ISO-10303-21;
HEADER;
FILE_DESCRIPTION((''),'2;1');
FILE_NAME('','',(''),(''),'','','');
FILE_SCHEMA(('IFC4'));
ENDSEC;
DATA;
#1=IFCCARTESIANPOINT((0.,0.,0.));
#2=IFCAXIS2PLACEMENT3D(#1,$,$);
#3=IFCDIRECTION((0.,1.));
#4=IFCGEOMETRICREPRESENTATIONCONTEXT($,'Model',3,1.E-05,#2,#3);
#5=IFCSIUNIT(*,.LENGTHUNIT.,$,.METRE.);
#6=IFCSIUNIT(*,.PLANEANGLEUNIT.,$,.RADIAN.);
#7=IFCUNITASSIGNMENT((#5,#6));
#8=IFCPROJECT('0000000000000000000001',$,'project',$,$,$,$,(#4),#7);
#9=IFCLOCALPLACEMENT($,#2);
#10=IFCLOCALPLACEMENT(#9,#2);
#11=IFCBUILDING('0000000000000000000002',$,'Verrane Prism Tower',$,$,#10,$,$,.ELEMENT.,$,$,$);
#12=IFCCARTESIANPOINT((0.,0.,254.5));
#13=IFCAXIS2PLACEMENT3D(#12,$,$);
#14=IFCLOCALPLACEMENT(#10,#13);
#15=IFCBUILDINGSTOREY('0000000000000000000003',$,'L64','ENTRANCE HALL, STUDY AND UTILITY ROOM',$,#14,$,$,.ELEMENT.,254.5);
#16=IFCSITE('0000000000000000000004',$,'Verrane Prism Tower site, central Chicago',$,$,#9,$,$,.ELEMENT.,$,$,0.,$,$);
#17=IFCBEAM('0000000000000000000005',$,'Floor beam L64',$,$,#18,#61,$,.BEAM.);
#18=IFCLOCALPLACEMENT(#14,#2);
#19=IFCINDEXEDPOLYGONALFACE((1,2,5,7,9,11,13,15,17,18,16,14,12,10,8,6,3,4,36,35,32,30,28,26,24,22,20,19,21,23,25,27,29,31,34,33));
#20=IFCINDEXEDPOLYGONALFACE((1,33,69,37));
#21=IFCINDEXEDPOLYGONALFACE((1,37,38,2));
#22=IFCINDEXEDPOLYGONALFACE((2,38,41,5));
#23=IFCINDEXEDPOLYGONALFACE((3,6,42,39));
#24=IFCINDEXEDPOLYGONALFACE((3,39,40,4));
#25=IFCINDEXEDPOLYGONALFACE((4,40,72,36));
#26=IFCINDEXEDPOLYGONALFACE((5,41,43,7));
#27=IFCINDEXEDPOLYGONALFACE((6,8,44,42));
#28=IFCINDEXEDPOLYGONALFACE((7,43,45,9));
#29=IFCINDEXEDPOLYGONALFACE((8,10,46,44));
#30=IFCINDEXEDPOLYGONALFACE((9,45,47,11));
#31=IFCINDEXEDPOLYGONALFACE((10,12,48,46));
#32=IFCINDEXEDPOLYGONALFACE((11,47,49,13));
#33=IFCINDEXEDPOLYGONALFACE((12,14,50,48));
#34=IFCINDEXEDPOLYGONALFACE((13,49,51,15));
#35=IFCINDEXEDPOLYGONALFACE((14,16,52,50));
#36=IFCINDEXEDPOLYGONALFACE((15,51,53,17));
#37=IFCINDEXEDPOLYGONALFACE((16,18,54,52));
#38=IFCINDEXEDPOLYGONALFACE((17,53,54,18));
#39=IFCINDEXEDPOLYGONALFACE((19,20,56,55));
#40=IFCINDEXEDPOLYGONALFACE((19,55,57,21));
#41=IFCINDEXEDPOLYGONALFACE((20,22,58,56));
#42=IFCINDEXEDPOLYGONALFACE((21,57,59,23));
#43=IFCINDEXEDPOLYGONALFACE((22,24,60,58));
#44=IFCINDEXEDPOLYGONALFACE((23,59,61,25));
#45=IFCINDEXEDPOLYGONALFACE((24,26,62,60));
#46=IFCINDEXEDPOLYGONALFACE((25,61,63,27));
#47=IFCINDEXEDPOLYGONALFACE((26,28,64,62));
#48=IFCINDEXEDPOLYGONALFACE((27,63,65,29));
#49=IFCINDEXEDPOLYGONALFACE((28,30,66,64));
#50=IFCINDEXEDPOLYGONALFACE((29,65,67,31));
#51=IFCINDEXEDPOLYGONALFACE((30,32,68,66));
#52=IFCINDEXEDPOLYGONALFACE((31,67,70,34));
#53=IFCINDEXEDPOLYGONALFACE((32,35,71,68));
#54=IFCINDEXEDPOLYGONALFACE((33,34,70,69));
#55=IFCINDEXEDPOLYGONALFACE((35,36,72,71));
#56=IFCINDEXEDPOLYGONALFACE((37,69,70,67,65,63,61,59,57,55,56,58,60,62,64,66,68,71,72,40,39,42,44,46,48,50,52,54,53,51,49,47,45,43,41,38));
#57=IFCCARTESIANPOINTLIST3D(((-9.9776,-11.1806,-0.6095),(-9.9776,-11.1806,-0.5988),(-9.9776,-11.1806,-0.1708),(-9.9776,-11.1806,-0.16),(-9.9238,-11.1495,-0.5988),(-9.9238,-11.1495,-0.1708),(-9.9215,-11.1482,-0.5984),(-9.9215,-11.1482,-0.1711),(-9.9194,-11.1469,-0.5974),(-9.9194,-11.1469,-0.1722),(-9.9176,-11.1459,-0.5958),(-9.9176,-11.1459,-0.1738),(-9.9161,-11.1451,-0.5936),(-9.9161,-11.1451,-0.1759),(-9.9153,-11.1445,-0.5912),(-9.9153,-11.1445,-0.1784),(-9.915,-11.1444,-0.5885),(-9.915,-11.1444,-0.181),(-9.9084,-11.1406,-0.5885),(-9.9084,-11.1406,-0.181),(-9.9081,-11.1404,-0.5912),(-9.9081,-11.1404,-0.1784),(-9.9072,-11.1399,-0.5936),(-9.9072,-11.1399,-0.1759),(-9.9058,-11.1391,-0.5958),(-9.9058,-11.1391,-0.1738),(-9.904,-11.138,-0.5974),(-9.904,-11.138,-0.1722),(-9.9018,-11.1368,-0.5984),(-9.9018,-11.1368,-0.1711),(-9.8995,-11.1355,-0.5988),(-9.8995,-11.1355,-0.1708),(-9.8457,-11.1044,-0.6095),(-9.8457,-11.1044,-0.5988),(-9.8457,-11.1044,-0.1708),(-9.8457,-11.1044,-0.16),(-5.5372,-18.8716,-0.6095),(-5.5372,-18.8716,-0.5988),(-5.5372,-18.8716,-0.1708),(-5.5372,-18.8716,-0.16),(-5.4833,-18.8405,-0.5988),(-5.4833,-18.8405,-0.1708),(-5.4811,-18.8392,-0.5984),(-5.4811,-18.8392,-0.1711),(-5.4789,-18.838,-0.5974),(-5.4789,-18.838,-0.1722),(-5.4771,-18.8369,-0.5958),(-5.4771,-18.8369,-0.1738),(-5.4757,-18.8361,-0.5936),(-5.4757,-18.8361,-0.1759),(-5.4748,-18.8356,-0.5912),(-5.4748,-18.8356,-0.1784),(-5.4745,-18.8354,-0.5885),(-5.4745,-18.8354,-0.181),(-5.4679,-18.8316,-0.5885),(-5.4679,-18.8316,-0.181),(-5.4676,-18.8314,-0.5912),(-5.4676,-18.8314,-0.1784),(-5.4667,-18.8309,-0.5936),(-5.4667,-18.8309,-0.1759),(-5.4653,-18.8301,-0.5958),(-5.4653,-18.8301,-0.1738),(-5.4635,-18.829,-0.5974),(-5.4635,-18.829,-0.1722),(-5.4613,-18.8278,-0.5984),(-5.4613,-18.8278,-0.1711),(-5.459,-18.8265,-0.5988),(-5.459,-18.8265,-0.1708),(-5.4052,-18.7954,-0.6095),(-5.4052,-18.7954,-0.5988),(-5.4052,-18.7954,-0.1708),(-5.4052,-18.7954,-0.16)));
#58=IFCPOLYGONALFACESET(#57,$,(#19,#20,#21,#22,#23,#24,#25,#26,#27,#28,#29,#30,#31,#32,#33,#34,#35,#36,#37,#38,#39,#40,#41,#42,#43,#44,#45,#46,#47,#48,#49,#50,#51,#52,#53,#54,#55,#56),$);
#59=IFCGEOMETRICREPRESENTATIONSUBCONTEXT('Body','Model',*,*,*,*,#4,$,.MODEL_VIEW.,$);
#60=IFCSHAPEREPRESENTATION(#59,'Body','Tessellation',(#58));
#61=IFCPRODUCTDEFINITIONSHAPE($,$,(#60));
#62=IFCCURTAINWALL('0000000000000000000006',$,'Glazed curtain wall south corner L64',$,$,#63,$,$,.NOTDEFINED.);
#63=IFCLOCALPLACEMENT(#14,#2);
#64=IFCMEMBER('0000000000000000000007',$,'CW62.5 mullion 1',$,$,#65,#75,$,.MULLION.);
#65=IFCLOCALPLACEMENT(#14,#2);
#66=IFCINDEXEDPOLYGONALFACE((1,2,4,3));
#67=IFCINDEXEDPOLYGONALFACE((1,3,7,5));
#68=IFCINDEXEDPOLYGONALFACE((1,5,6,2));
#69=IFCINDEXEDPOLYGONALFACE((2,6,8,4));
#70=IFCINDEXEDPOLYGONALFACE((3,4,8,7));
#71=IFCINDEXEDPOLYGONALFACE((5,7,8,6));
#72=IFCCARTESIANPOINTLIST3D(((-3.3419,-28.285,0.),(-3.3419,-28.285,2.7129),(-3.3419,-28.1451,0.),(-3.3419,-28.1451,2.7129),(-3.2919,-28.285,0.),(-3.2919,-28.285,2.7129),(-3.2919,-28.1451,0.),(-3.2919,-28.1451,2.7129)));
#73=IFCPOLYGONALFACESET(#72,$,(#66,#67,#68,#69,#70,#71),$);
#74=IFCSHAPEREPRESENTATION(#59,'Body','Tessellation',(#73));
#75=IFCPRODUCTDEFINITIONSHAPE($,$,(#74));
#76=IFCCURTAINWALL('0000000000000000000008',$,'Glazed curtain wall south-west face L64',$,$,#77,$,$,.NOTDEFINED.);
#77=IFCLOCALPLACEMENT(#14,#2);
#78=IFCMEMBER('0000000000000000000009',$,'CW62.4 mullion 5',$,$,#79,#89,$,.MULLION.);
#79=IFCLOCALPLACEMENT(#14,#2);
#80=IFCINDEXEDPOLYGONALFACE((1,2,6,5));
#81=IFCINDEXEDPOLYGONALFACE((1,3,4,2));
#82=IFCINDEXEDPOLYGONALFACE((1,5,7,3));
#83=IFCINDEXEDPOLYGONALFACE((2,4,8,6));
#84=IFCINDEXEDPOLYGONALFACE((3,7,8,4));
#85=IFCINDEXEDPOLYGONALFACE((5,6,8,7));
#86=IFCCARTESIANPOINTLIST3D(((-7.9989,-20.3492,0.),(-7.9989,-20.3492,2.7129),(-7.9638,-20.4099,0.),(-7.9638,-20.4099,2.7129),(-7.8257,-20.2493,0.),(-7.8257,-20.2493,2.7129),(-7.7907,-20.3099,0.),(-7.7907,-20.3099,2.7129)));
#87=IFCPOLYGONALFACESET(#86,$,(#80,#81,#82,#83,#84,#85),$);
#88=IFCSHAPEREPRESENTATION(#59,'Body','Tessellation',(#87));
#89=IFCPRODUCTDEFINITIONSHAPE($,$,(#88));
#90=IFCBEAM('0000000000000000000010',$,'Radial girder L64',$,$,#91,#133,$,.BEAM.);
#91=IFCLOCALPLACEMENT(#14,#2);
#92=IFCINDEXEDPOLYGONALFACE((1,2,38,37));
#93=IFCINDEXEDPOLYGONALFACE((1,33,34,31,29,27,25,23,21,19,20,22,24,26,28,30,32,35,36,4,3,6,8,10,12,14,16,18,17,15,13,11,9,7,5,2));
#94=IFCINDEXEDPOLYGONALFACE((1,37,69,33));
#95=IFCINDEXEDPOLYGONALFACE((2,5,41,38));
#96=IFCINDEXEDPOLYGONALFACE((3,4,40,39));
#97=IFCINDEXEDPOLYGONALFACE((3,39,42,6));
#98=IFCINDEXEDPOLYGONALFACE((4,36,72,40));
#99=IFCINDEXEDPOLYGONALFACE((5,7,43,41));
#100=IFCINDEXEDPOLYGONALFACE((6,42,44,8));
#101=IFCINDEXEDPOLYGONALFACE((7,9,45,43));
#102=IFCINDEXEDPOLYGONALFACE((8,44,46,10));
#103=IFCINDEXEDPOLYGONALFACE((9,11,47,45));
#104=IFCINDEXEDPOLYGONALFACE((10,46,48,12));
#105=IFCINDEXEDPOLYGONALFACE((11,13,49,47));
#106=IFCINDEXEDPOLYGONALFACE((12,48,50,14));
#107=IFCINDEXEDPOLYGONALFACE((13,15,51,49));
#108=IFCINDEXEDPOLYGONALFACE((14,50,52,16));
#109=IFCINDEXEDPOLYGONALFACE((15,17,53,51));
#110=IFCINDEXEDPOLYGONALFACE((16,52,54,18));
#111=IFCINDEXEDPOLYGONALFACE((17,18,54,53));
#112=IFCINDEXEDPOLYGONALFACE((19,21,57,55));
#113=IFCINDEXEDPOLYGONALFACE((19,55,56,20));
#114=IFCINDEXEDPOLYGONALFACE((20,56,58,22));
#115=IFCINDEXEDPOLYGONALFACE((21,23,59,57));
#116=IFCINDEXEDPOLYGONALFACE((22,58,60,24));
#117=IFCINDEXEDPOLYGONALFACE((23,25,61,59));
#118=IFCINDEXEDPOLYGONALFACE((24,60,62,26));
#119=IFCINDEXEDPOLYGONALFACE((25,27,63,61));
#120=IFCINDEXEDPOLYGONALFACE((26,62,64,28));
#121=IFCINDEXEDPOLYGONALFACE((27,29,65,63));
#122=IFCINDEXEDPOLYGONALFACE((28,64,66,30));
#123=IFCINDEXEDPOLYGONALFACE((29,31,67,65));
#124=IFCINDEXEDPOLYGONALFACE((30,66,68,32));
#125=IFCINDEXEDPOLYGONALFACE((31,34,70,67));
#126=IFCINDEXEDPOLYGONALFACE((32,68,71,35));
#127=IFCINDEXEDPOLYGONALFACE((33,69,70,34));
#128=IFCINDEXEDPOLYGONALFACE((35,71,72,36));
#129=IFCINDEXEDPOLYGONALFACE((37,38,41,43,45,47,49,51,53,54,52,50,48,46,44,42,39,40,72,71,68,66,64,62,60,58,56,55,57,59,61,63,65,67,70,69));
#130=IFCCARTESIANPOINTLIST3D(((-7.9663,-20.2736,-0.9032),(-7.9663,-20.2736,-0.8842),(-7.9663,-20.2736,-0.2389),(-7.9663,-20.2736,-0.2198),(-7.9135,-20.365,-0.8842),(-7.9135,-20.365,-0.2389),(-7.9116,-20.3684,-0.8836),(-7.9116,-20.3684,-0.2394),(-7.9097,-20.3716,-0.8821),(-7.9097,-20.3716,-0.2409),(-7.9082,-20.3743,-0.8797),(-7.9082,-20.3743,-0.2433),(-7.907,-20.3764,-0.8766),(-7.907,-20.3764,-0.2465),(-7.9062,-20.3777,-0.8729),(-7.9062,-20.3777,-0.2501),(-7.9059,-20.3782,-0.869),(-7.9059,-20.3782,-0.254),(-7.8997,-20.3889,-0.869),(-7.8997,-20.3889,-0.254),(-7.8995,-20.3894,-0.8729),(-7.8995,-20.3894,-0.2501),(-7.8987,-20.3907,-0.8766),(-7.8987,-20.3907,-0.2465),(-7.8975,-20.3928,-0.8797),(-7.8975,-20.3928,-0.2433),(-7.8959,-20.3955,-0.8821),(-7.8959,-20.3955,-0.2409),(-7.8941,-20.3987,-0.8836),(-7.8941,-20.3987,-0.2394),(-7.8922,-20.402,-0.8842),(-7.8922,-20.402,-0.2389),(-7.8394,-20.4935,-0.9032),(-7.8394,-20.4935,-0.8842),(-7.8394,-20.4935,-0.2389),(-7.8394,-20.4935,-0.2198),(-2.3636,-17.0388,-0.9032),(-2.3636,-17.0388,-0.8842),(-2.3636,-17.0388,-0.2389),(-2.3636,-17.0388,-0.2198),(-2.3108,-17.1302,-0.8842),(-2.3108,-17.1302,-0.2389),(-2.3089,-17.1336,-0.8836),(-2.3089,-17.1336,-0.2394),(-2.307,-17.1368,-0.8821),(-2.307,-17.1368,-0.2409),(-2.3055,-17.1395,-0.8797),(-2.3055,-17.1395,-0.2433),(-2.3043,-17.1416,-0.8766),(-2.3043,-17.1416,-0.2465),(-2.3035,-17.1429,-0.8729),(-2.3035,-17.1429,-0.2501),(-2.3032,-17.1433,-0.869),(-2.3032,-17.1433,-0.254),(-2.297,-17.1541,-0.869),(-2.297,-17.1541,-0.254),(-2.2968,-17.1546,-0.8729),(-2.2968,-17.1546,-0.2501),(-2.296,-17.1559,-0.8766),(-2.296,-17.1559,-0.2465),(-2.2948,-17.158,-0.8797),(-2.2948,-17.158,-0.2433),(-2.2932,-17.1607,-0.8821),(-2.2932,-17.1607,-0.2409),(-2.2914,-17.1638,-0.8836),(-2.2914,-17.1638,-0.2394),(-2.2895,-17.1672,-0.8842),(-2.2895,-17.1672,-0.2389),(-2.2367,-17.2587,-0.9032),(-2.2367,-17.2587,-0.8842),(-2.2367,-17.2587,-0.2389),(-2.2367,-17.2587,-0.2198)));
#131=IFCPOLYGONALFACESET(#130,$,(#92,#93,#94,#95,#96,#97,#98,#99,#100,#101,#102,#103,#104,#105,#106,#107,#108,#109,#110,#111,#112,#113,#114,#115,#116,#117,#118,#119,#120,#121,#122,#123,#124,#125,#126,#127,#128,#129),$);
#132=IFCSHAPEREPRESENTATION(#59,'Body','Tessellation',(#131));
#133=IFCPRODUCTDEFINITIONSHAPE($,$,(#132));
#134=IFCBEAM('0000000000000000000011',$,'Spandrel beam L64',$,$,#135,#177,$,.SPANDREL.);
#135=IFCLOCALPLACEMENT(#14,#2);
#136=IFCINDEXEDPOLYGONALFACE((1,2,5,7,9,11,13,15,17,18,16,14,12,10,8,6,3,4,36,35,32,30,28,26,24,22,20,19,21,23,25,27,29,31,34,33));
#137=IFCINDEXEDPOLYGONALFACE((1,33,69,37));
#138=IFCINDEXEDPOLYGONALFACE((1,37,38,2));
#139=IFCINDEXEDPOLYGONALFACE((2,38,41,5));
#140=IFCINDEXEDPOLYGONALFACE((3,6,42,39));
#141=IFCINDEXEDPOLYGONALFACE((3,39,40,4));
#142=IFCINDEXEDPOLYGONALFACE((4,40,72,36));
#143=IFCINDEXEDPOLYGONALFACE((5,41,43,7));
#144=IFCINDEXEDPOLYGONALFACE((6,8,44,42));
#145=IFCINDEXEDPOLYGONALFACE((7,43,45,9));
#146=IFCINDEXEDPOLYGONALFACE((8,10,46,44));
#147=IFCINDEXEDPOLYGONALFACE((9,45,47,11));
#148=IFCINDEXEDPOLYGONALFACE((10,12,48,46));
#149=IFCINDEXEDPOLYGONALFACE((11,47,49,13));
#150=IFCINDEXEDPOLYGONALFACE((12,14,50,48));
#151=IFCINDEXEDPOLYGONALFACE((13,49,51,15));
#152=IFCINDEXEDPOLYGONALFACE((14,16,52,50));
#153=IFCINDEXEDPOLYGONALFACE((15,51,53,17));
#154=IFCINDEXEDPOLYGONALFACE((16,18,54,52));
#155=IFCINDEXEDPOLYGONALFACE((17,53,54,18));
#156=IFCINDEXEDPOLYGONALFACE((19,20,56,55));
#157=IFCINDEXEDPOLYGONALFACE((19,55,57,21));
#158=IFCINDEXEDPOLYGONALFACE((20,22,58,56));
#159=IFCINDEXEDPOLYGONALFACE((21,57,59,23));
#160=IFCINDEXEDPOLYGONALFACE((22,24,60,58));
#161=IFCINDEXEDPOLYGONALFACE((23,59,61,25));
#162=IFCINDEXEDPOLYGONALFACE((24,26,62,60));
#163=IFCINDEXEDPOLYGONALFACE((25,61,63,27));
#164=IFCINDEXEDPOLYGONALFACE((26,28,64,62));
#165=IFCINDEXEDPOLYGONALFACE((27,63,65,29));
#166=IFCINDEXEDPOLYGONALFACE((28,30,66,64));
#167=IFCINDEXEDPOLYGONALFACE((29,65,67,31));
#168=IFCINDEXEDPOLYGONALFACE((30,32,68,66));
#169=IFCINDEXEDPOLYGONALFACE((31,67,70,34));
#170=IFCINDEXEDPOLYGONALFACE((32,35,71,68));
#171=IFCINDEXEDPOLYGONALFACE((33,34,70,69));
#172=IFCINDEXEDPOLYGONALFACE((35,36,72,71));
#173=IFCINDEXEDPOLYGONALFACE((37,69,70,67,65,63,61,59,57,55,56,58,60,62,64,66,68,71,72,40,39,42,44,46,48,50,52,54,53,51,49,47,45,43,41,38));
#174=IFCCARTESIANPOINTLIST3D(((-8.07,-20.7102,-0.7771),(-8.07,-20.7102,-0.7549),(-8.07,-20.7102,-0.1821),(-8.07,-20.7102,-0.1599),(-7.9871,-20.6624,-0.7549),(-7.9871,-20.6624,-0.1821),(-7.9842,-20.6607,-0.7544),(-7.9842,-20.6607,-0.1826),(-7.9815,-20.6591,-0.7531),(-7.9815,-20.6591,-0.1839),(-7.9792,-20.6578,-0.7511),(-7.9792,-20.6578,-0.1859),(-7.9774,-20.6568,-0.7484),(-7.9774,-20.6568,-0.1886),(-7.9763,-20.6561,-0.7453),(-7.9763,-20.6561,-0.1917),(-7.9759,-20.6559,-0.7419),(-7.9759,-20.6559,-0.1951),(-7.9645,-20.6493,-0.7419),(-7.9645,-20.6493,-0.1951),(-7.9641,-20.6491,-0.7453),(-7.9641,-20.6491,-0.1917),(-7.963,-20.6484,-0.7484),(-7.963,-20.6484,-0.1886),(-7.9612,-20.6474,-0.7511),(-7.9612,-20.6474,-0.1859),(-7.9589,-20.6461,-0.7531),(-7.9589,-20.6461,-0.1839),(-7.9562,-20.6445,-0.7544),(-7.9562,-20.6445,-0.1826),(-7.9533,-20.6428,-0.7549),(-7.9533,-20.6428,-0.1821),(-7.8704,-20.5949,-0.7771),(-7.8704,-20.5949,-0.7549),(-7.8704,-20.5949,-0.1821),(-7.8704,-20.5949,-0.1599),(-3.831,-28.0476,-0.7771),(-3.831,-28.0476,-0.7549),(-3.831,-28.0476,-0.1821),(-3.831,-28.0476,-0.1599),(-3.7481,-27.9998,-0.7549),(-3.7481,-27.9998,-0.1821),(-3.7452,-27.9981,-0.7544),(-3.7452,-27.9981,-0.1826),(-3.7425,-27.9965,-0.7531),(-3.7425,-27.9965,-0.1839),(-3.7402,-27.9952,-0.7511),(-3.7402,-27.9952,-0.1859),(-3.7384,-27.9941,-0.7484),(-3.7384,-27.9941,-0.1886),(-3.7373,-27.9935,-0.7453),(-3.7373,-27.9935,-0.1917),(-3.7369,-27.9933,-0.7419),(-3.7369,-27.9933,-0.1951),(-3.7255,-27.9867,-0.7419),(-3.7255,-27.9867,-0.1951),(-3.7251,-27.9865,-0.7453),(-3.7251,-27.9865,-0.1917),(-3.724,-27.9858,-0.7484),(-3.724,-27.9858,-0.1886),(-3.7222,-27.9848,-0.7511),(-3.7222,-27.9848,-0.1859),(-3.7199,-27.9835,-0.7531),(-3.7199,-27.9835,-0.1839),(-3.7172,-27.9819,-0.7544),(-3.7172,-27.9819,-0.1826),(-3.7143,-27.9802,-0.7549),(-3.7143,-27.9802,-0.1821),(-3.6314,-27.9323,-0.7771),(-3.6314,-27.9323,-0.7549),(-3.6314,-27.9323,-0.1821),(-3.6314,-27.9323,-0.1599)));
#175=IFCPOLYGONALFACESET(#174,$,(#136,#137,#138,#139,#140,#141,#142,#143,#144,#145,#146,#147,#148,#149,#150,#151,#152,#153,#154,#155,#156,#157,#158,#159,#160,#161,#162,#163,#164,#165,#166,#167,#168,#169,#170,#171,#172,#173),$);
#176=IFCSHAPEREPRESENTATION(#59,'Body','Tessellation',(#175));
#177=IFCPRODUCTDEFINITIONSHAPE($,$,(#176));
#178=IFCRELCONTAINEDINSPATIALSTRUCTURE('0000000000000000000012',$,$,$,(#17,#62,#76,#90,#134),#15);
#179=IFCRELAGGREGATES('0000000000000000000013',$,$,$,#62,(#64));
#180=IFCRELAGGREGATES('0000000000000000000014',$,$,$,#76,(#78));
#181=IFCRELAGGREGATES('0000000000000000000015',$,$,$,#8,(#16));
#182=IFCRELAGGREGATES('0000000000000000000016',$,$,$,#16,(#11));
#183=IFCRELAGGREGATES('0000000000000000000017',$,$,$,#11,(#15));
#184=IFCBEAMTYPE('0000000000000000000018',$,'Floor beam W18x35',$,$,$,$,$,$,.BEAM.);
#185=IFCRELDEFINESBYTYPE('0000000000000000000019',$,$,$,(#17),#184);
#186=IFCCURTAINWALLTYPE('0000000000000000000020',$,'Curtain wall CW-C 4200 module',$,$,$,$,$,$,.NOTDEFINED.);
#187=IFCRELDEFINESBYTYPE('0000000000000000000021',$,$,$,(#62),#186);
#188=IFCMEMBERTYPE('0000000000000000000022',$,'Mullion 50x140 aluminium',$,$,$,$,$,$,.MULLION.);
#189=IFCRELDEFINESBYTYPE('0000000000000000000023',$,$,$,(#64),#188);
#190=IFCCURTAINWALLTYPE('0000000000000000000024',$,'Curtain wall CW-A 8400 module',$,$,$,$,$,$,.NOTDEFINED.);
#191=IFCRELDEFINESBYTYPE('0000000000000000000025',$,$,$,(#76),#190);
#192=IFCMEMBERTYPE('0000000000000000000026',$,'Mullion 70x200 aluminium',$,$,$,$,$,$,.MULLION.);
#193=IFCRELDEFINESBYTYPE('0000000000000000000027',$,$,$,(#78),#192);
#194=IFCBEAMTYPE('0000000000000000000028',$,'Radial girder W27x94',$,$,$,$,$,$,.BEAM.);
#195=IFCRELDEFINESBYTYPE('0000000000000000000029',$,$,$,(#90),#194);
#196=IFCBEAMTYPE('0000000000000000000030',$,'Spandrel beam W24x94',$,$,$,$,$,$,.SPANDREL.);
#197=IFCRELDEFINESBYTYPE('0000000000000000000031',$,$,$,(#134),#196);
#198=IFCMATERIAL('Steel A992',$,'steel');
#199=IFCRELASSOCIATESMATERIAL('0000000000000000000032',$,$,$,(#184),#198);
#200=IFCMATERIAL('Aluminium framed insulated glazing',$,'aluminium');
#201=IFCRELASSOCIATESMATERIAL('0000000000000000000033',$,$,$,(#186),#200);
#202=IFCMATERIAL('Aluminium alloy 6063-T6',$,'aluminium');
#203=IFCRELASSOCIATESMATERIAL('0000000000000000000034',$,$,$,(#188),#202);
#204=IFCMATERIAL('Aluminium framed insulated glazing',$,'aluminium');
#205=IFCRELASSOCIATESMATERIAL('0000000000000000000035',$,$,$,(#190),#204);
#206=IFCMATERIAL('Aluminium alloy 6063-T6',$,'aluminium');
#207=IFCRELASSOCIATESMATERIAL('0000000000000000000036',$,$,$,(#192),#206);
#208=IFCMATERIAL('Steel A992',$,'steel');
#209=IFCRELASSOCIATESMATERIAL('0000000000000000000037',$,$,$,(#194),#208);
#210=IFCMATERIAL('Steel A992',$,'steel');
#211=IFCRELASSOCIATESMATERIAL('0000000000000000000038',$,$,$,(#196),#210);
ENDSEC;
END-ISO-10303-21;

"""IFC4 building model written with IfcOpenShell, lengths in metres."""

from ifc_helpers import new_model, si_unit, direction, frame, origin, origin_2d, place, context, subcontext, project, spatial, rectangle, i_section, extrude, material, material_profile, profile_set, type_object, element, aggregate, save


model = new_model("IFC4")

# Units and contexts
model_context = context("Model", 3, precision=1e-05, world=origin(), true_north=direction((0.0, 1.0)))
body_context = subcontext(model_context, "Body", "Model", "MODEL_VIEW")
ifc_project = project(units=[si_unit("LENGTHUNIT", "METRE"), si_unit("PLANEANGLEUNIT", "RADIAN")], contexts=[model_context])

# Site, building, storey
site_placement = place(None, origin())
site = spatial("IfcSite", under=ifc_project, at=site_placement, Name="Verrane Prism Tower site, central Chicago", CompositionType="ELEMENT", RefElevation=0.0)
building_placement = place(site_placement, origin())
building = spatial("IfcBuilding", under=site, at=building_placement, Name="Verrane Prism Tower", CompositionType="ELEMENT")
storey_placement = place(building_placement, frame((0.0, 0.0, 254.5)))
storey = spatial("IfcBuildingStorey", under=building, at=storey_placement, Name="L64", Description="ENTRANCE HALL, STUDY AND UTILITY ROOM", CompositionType="ELEMENT", Elevation=254.5)

# Beam
ifc_material_1 = material(Name="Steel A992", Category="steel")
ifc_material_profile_1 = material_profile(ifc_material_1, i_section(OverallWidth=0.1523, OverallDepth=0.4495, WebThickness=0.0076, FlangeThickness=0.0107, FilletRadius=0.0103, at=origin_2d()), Name="W18x35")
ifc_profile_set_1 = profile_set([ifc_material_profile_1], Name="Steel A992")
beam_type_1 = type_object("IfcBeamType", Name="Floor beam W18x35", PredefinedType="BEAM", material=ifc_profile_set_1)
beam_1_placement = place(storey_placement, frame((-5.4712, -18.8335, -0.3848), z_axis=(-0.500006, 0.866022, 0.0), x_axis=(-0.866022, -0.500006, 0.0)))
element("IfcBeam", 1, at=beam_1_placement, inside=storey, type_object=beam_type_1, Name="Floor beam L64", PredefinedType="BEAM", context=body_context, shape_type="SweptSolid", body=[
    extrude(i_section(OverallWidth=0.1523, OverallDepth=0.4495, WebThickness=0.0076, FlangeThickness=0.0107, FilletRadius=0.0103, at=origin_2d()), origin(), (0.0, 0.0, 1.0), 8.8809),
])

# Curtain walls, members
ifc_material_2 = material(Name="Aluminium framed insulated glazing", Category="aluminium")
curtain_wall_type_1 = type_object("IfcCurtainWallType", Name="Curtain wall CW-C 4200 module", PredefinedType="NOTDEFINED", material=ifc_material_2)
curtain_wall_1_placement = place(storey_placement, origin())
curtain_wall_1 = element("IfcCurtainWall", 2, at=curtain_wall_1_placement, inside=storey, type_object=curtain_wall_type_1, Name="Glazed curtain wall south corner L64", PredefinedType="NOTDEFINED")
ifc_material_3 = material(Name="Aluminium alloy 6063-T6", Category="aluminium")
ifc_material_profile_2 = material_profile(ifc_material_3, rectangle(XDim=0.1399, YDim=0.05, at=origin_2d()), Name="Mullion 50x140 aluminium")
ifc_profile_set_2 = profile_set([ifc_material_profile_2], Name="Aluminium alloy 6063-T6")
member_type_1 = type_object("IfcMemberType", Name="Mullion 50x140 aluminium", PredefinedType="MULLION", material=ifc_profile_set_2)
member_1_placement = place(storey_placement, frame((-3.3169, -28.2151, 0.0), z_axis=(0.0, 0.0, 1.0), x_axis=(0.0, 1.0, 0.0)))
member_1 = element("IfcMember", 3, at=member_1_placement, type_object=member_type_1, Name="CW62.5 mullion 1", PredefinedType="MULLION", context=body_context, shape_type="SweptSolid", body=[
    extrude(rectangle(XDim=0.1399, YDim=0.05, at=origin_2d()), origin(), (0.0, 0.0, 1.0), 2.7129),
])
ifc_material_4 = material(Name="Aluminium framed insulated glazing", Category="aluminium")
curtain_wall_type_2 = type_object("IfcCurtainWallType", Name="Curtain wall CW-A 8400 module", PredefinedType="NOTDEFINED", material=ifc_material_4)
curtain_wall_2_placement = place(storey_placement, origin())
curtain_wall_2 = element("IfcCurtainWall", 4, at=curtain_wall_2_placement, inside=storey, type_object=curtain_wall_type_2, Name="Glazed curtain wall south-west face L64", PredefinedType="NOTDEFINED")
ifc_material_5 = material(Name="Aluminium alloy 6063-T6", Category="aluminium")
ifc_material_profile_3 = material_profile(ifc_material_5, rectangle(XDim=0.2, YDim=0.0701, at=origin_2d()), Name="Mullion 70x200 aluminium")
ifc_profile_set_3 = profile_set([ifc_material_profile_3], Name="Aluminium alloy 6063-T6")
member_type_2 = type_object("IfcMemberType", Name="Mullion 70x200 aluminium", PredefinedType="MULLION", material=ifc_profile_set_3)
member_2_placement = place(storey_placement, frame((-7.8948, -20.3296, 0.0), z_axis=(0.0, 0.0, 1.0), x_axis=(0.866026, 0.5, 0.0)))
member_2 = element("IfcMember", 5, at=member_2_placement, type_object=member_type_2, Name="CW62.4 mullion 5", PredefinedType="MULLION", context=body_context, shape_type="SweptSolid", body=[
    extrude(rectangle(XDim=0.2, YDim=0.0701, at=origin_2d()), origin(), (0.0, 0.0, 1.0), 2.7129),
])

# Beams
ifc_material_6 = material(Name="Steel A992", Category="steel")
ifc_material_profile_4 = material_profile(ifc_material_6, i_section(OverallWidth=0.2539, OverallDepth=0.6833, WebThickness=0.0125, FlangeThickness=0.019, FilletRadius=0.0151, at=origin_2d()), Name="W27x94")
ifc_profile_set_4 = profile_set([ifc_material_profile_4], Name="Steel A992")
beam_type_2 = type_object("IfcBeamType", Name="Radial girder W27x94", PredefinedType="BEAM", material=ifc_profile_set_4)
beam_2_placement = place(storey_placement, frame((-7.9028, -20.3835, -0.5615), z_axis=(0.866019, 0.500011, 0.0), x_axis=(-0.500011, 0.866019, 0.0)))
element("IfcBeam", 6, at=beam_2_placement, inside=storey, type_object=beam_type_2, Name="Radial girder L64", PredefinedType="BEAM", context=body_context, shape_type="SweptSolid", body=[
    extrude(i_section(OverallWidth=0.2539, OverallDepth=0.6833, WebThickness=0.0125, FlangeThickness=0.019, FilletRadius=0.0151, at=origin_2d()), origin(), (0.0, 0.0, 1.0), 6.4695),
])
ifc_material_7 = material(Name="Steel A992", Category="steel")
ifc_material_profile_5 = material_profile(ifc_material_7, i_section(OverallWidth=0.2305, OverallDepth=0.6172, WebThickness=0.0132, FlangeThickness=0.0222, FilletRadius=0.0129, at=origin_2d()), Name="W24x94")
ifc_profile_set_5 = profile_set([ifc_material_profile_5], Name="Steel A992")
beam_type_3 = type_object("IfcBeamType", Name="Spandrel beam W24x94", PredefinedType="SPANDREL", material=ifc_profile_set_5)
beam_3_placement = place(storey_placement, frame((-7.9702, -20.6526, -0.4685), z_axis=(0.500244, -0.865884, 0.0), x_axis=(0.865884, 0.500244, 0.0)))
element("IfcBeam", 7, at=beam_3_placement, inside=storey, type_object=beam_type_3, Name="Spandrel beam L64", PredefinedType="SPANDREL", context=body_context, shape_type="SweptSolid", body=[
    extrude(i_section(OverallWidth=0.2305, OverallDepth=0.6172, WebThickness=0.0132, FlangeThickness=0.0222, FilletRadius=0.0129, at=origin_2d()), origin(), (0.0, 0.0, 1.0), 8.4739),
])

aggregate(curtain_wall_1, [member_1])
aggregate(curtain_wall_2, [member_2])

save(model, "model.ifc")
